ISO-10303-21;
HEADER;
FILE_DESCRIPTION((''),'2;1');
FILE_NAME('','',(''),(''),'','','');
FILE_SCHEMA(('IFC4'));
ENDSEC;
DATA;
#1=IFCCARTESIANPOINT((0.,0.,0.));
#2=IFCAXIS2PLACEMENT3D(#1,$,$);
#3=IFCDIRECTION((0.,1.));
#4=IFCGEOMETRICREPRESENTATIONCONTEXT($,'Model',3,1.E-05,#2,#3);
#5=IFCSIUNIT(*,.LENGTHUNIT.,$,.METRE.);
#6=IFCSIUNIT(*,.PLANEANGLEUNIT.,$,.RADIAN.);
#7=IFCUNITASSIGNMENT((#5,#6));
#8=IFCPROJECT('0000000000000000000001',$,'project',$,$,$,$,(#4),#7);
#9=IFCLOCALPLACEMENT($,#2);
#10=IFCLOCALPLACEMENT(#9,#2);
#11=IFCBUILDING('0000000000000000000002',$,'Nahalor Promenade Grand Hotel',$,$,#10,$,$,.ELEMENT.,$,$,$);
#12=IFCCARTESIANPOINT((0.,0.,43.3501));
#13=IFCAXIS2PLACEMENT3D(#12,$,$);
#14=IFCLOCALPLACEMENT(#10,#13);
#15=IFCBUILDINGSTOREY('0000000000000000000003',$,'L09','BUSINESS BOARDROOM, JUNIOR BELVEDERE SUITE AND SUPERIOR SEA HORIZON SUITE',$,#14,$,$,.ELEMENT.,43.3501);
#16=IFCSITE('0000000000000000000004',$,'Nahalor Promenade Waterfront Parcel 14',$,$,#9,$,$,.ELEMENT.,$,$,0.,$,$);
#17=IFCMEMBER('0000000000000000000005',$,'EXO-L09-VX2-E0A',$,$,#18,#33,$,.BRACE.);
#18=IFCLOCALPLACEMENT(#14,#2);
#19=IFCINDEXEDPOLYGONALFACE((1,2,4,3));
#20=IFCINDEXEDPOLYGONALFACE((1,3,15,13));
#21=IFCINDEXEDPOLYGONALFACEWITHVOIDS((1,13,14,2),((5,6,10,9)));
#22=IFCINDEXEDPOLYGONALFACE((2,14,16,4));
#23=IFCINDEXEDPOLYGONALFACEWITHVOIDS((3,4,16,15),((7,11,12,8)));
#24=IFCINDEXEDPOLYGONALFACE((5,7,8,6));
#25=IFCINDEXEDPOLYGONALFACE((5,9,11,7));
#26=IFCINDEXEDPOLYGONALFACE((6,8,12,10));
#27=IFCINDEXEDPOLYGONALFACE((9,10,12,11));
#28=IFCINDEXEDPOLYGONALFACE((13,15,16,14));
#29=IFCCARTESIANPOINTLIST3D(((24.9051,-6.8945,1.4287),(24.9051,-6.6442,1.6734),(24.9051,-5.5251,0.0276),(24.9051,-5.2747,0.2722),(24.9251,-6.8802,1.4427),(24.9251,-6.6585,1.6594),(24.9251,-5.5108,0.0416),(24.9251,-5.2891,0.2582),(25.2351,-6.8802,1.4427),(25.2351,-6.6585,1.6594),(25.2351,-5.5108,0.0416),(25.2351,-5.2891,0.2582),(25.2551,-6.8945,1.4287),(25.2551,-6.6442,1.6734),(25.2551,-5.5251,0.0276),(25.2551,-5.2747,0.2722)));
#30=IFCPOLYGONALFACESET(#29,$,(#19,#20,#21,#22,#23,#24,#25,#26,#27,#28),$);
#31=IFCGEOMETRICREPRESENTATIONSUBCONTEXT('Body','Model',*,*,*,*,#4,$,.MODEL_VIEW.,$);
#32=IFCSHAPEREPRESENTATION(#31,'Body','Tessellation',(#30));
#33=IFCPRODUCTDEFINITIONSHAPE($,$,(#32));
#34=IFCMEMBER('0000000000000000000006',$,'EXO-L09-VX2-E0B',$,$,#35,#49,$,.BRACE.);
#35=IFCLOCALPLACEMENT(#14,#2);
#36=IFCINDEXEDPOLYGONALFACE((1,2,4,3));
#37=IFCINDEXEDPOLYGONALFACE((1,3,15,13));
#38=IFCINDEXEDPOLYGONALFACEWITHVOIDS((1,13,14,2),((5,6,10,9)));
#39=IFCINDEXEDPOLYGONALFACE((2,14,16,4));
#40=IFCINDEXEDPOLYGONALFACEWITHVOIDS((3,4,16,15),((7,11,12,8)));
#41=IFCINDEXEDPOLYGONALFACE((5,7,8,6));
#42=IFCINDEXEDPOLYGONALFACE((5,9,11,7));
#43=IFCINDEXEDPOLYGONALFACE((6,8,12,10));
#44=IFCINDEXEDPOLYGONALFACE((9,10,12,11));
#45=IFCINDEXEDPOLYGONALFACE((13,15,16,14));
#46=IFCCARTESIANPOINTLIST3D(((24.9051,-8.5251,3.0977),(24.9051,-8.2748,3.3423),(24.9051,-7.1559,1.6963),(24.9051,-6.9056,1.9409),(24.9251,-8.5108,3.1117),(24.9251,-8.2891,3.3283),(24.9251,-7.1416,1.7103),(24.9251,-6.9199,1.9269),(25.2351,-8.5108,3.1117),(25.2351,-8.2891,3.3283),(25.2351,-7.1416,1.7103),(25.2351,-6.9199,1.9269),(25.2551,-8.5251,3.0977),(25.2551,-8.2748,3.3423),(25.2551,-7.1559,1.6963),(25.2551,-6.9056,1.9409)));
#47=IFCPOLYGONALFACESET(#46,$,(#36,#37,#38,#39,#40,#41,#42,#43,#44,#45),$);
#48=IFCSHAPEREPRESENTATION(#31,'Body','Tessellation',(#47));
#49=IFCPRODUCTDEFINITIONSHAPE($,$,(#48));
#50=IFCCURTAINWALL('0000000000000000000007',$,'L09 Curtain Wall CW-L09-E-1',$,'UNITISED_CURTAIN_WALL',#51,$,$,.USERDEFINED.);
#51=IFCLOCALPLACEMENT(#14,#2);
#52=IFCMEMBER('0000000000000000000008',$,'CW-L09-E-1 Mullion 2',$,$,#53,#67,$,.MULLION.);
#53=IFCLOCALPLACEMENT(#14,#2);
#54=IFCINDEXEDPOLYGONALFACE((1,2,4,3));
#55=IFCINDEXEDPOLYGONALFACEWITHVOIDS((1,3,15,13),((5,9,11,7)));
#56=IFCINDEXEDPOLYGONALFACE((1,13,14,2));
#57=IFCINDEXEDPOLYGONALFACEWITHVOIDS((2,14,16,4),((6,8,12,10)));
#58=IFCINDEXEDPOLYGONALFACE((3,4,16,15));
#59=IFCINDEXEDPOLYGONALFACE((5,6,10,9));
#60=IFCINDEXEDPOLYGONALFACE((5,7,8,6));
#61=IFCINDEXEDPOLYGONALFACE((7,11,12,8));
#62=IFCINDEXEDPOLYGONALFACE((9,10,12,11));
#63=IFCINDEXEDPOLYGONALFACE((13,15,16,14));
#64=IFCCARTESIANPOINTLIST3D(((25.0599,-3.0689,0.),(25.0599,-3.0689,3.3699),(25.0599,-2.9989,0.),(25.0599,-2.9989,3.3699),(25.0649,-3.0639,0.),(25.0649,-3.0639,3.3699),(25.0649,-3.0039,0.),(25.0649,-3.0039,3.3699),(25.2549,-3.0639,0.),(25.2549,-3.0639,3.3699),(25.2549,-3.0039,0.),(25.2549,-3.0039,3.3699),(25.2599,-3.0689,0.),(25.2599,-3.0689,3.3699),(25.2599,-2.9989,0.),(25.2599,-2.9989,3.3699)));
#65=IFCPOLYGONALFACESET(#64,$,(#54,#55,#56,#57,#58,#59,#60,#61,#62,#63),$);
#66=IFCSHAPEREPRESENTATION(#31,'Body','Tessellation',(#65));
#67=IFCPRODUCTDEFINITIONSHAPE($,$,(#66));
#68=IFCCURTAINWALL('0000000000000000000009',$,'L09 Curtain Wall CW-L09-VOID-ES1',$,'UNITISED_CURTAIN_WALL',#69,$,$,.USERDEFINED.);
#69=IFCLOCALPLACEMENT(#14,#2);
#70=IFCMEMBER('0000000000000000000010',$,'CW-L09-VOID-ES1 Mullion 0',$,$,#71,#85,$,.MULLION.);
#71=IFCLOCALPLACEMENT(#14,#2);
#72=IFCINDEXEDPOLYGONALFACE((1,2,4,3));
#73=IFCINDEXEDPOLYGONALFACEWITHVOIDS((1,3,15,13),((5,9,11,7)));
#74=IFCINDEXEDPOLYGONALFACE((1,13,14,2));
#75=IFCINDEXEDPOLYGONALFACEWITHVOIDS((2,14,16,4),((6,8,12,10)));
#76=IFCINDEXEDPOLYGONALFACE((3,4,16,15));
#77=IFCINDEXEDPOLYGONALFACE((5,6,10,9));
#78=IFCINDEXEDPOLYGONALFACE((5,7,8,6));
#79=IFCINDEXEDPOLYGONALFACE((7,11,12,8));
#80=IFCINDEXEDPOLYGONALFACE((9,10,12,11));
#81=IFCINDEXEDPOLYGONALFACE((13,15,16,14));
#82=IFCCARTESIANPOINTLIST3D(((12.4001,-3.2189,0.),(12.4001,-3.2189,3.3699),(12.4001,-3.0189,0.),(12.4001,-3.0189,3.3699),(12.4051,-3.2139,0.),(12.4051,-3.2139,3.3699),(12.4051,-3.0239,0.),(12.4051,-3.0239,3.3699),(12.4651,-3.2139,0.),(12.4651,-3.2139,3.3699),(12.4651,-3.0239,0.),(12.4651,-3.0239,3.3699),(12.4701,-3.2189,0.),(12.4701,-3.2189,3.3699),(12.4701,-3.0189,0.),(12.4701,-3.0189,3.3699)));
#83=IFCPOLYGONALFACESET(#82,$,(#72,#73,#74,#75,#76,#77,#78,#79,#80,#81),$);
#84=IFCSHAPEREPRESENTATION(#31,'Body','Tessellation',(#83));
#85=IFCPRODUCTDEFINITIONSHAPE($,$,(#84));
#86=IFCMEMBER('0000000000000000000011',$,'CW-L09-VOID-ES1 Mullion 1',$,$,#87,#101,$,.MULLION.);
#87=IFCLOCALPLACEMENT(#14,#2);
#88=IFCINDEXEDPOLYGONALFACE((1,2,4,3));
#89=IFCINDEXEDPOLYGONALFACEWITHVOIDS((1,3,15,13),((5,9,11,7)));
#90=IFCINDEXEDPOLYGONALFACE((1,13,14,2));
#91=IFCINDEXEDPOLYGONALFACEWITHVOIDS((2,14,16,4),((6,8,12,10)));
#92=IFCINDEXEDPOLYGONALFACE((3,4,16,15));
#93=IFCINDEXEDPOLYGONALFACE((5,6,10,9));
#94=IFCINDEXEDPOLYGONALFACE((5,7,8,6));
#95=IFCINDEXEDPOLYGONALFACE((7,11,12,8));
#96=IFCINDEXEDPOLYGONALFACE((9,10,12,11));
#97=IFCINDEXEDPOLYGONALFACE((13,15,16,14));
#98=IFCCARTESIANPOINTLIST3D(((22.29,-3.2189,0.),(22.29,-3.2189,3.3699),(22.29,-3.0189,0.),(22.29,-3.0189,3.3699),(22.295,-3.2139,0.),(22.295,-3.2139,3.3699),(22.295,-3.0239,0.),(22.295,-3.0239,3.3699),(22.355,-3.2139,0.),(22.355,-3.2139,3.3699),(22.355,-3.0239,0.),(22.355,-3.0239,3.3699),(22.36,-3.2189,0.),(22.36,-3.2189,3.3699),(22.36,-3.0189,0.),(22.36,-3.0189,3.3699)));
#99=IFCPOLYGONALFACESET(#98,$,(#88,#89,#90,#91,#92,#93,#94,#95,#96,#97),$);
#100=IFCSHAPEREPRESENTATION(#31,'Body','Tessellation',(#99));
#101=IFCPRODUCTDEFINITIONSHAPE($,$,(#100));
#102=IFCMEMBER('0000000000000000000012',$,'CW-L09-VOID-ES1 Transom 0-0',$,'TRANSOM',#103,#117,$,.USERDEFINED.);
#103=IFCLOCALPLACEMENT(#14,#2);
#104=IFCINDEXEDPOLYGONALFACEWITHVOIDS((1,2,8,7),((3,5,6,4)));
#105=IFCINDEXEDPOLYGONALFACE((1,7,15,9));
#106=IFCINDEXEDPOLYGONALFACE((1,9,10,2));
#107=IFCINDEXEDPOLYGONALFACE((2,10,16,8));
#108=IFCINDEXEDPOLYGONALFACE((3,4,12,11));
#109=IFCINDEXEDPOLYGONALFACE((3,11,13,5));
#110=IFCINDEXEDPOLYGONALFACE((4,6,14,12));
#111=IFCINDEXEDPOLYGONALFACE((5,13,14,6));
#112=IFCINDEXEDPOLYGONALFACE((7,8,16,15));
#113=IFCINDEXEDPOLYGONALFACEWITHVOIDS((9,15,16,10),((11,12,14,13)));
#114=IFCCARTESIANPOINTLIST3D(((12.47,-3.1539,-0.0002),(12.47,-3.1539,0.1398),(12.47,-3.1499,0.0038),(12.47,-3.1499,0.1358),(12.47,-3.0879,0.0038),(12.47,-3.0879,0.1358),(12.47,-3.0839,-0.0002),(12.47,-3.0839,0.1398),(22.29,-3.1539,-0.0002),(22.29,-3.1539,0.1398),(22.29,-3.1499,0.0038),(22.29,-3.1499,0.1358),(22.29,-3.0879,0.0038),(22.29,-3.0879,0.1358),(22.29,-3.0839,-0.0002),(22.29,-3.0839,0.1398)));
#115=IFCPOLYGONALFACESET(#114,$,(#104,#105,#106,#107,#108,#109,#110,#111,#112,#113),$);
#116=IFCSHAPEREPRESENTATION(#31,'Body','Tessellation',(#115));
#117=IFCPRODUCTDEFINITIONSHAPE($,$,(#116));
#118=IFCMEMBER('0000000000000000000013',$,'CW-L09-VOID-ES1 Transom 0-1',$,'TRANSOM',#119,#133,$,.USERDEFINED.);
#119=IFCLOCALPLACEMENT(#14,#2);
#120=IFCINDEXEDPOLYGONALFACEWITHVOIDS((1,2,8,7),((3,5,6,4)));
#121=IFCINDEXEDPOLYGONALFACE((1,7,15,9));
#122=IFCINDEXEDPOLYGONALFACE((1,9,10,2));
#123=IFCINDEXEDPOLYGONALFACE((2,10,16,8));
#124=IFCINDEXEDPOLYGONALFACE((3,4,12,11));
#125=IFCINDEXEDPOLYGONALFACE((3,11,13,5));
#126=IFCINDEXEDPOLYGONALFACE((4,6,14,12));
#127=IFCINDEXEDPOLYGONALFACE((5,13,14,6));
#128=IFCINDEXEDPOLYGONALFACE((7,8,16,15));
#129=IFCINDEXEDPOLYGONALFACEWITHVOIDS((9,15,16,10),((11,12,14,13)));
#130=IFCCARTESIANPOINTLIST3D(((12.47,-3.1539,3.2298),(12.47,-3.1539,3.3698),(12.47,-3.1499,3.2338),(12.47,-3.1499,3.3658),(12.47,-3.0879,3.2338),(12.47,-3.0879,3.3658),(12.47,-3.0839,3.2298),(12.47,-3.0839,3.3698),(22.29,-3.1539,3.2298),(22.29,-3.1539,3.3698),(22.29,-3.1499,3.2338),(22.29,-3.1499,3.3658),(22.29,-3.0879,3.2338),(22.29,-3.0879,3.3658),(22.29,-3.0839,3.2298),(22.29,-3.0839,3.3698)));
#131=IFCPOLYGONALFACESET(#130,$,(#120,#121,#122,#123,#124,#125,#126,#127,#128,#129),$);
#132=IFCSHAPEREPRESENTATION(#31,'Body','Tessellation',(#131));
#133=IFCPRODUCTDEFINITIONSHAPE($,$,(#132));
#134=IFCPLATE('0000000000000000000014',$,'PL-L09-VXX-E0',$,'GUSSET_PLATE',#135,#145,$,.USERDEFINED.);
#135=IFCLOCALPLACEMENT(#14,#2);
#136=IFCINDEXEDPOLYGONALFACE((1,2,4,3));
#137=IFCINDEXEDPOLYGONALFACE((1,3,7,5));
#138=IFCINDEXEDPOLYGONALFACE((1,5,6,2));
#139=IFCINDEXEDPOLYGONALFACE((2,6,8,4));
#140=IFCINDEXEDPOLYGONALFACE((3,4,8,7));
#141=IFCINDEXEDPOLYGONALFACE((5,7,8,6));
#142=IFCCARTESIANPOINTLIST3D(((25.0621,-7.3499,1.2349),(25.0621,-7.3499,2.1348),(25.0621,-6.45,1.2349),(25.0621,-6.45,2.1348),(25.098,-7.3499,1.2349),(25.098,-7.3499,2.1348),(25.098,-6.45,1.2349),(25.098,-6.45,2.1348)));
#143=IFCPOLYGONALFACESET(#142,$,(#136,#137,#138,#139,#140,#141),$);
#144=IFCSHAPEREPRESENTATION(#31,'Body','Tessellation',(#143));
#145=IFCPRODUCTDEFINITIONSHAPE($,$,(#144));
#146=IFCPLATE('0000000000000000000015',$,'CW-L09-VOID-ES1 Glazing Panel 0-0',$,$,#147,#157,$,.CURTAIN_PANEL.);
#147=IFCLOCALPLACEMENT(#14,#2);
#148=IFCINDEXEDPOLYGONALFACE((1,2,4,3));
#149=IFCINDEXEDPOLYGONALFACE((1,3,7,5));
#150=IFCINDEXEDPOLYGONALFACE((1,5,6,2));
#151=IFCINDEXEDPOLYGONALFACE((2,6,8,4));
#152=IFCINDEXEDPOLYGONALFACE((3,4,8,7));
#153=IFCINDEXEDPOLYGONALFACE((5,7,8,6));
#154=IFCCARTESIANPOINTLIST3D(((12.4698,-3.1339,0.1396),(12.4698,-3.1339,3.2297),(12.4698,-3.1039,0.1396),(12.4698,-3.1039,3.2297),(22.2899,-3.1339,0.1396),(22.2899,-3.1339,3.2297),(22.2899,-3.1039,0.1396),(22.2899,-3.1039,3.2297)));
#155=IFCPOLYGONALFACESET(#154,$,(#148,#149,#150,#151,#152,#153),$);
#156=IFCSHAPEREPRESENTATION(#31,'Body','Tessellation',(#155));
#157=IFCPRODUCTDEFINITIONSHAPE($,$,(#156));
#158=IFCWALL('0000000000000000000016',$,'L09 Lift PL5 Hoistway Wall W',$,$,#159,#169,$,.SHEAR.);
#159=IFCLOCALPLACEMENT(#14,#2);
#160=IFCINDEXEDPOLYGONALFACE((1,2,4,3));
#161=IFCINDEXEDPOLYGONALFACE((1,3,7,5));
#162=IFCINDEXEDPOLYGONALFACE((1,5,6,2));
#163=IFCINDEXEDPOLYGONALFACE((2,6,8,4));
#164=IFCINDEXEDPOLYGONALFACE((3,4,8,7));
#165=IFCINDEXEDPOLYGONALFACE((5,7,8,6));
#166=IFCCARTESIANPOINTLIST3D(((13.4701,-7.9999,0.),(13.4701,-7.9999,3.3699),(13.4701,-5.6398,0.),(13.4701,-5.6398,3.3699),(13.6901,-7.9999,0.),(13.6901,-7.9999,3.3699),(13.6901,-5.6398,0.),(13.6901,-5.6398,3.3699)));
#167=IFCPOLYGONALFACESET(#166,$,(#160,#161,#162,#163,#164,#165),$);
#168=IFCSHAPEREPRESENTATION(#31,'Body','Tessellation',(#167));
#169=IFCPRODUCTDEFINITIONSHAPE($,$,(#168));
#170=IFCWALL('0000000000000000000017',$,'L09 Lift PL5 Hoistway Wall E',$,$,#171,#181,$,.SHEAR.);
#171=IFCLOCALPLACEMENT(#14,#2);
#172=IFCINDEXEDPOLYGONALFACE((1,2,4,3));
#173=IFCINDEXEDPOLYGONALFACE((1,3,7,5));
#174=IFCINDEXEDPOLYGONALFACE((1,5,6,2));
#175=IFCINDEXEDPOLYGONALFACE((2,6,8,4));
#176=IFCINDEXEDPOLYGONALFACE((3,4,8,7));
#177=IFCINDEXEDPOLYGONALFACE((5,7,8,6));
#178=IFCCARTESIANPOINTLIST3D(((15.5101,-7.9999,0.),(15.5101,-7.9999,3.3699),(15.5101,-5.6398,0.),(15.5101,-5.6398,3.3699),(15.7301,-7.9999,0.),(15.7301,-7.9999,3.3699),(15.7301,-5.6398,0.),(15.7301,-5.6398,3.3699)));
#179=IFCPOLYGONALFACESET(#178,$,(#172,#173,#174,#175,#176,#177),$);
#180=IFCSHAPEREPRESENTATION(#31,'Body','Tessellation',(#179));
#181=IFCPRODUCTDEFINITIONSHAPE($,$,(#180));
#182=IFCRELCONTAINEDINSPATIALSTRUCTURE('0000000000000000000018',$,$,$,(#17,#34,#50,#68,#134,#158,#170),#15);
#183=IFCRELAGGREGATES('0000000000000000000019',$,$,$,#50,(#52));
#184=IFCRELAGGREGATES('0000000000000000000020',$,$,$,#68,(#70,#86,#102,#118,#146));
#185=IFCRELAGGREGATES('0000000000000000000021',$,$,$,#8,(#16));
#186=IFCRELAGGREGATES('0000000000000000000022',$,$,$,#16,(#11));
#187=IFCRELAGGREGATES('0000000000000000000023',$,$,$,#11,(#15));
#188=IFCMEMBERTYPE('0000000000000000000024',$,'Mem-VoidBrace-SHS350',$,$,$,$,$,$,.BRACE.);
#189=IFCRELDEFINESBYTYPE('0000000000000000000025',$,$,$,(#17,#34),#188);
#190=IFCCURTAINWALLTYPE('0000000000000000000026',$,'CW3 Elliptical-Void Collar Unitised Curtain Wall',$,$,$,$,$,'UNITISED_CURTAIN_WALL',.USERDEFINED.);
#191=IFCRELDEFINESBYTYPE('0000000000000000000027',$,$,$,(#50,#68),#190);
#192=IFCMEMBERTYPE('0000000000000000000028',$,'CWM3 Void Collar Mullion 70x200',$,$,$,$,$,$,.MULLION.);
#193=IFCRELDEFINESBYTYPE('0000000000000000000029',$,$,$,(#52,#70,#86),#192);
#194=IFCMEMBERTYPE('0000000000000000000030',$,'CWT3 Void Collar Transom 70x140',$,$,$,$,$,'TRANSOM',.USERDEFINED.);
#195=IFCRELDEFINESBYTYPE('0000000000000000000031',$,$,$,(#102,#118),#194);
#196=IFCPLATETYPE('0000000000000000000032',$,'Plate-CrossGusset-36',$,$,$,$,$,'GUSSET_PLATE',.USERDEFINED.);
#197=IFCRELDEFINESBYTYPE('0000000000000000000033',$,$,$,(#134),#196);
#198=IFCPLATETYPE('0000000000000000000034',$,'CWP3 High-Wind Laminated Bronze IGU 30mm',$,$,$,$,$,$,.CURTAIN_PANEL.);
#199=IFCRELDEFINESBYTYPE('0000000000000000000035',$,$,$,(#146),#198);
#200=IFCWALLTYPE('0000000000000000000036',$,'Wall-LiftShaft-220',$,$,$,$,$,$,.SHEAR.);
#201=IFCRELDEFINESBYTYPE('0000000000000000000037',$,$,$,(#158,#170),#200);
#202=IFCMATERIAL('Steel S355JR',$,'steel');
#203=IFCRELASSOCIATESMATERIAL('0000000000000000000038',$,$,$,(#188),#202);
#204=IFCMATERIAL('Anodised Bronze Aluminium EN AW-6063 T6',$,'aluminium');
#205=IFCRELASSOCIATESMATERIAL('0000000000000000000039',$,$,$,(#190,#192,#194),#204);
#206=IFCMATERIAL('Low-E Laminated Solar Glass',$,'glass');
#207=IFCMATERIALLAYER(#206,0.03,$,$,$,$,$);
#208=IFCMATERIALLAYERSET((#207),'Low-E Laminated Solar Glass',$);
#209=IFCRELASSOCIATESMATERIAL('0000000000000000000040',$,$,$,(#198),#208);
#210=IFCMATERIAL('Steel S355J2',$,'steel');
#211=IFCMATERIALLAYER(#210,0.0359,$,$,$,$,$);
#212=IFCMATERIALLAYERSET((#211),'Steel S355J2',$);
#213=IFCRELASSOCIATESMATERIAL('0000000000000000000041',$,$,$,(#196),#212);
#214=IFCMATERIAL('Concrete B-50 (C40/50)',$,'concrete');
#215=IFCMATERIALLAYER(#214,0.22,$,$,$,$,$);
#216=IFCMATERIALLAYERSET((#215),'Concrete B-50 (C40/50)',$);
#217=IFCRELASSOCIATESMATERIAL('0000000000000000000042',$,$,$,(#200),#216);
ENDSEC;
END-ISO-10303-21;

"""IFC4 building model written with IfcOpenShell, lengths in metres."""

from ifc_helpers import new_model, si_unit, direction, frame, frame_2d, origin, origin_2d, place, context, subcontext, project, spatial, rectangle, hollow_rectangle, extrude, source, transform, mapped, material, layer, layer_set, material_profile, profile_set, type_object, element, aggregate, save


model = new_model("IFC4")

# Units and contexts
model_context = context("Model", 3, precision=1e-05, world=origin(), true_north=direction((0.0, 1.0)))
body_context = subcontext(model_context, "Body", "Model", "MODEL_VIEW")
ifc_project = project(units=[si_unit("LENGTHUNIT", "METRE"), si_unit("PLANEANGLEUNIT", "RADIAN")], contexts=[model_context])

# Site, building, storey
site_placement = place(None, origin())
site = spatial("IfcSite", under=ifc_project, at=site_placement, Name="Nahalor Promenade Waterfront Parcel 14", CompositionType="ELEMENT", RefElevation=0.0)
building_placement = place(site_placement, origin())
building = spatial("IfcBuilding", under=site, at=building_placement, Name="Nahalor Promenade Grand Hotel", CompositionType="ELEMENT")
storey_placement = place(building_placement, frame((0.0, 0.0, 43.3501)))
storey = spatial("IfcBuildingStorey", under=building, at=storey_placement, Name="L09", Description="BUSINESS BOARDROOM, JUNIOR BELVEDERE SUITE AND SUPERIOR SEA HORIZON SUITE", CompositionType="ELEMENT", Elevation=43.3501)

# Shared definitions
ifc_material_1 = material(Name="Steel S355J2", Category="steel")

# Shared definitions
ifc_material_2 = material(Name="Steel S355JR", Category="steel")

# Members
ifc_material_profile_1 = material_profile(ifc_material_2, hollow_rectangle(XDim=0.35, YDim=0.35, WallThickness=0.02, at=origin_2d()), Name="SHS 350x350x20")
ifc_profile_set_1 = profile_set([ifc_material_profile_1], Name="Steel S355JR")
member_type_1 = type_object("IfcMemberType", Name="Mem-VoidBrace-SHS350", PredefinedType="BRACE", material=ifc_profile_set_1)
shared_shape_1 = source(origin(), body_context, "Body", "SweptSolid", [
    extrude(hollow_rectangle(XDim=0.35, YDim=0.35, WallThickness=0.02, at=origin_2d()), origin(), (0.0, 0.0, 1.0), 1.9592),
])
for number, where, z_axis, x_axis, name in (
    (1, (25.0801, -5.3999, 0.1499), (0.0, -0.69896, 0.71516), (1.0, 0.0, 0.0), "EXO-L09-VX2-E0A"),
    (2, (25.0801, -7.0308, 1.8186), (0.0, -0.698834, 0.715283), (1.0, 0.0, 0.0), "EXO-L09-VX2-E0B"),
):
    element("IfcMember", number, at=place(storey_placement, frame(where, z_axis=z_axis, x_axis=x_axis)), inside=storey, type_object=member_type_1, Name=name, PredefinedType="BRACE", context=body_context, shape_type="MappedRepresentation", body=[
        mapped(shared_shape_1, transform((0.0, 0.0, 0.0), scale=1.0)),
    ])

# Curtain wall, member
ifc_material_3 = material(Name="Anodised Bronze Aluminium EN AW-6063 T6", Category="aluminium")
curtain_wall_type = type_object("IfcCurtainWallType", Name="CW3 Elliptical-Void Collar Unitised Curtain Wall", ElementType="UNITISED_CURTAIN_WALL", PredefinedType="USERDEFINED", material=ifc_material_3)
curtain_wall_1_placement = place(storey_placement, origin())
curtain_wall_1 = element("IfcCurtainWall", 3, at=curtain_wall_1_placement, inside=storey, type_object=curtain_wall_type, Name="L09 Curtain Wall CW-L09-E-1", ObjectType="UNITISED_CURTAIN_WALL", PredefinedType="USERDEFINED")
ifc_material_profile_2 = material_profile(ifc_material_3, hollow_rectangle(XDim=0.07, YDim=0.2, WallThickness=0.005, at=origin_2d()), Name="CWM 70x200x5")
ifc_profile_set_2 = profile_set([ifc_material_profile_2], Name="Anodised Bronze Aluminium EN AW-6063 T6")
member_type_2 = type_object("IfcMemberType", Name="CWM3 Void Collar Mullion 70x200", PredefinedType="MULLION", material=ifc_profile_set_2)
shared_shape_2 = source(origin(), body_context, "Body", "SweptSolid", [
    extrude(hollow_rectangle(XDim=0.07, YDim=0.2, WallThickness=0.005, at=origin_2d()), origin(), (0.0, 0.0, 1.0), 3.3699),
])
member_1_placement = place(storey_placement, frame((25.1599, -3.0339, 0.0), z_axis=(0.0, 0.0, 1.0), x_axis=(0.0, 1.0, 0.0)))
member_1 = element("IfcMember", 4, at=member_1_placement, type_object=member_type_2, Name="CW-L09-E-1 Mullion 2", PredefinedType="MULLION", context=body_context, shape_type="MappedRepresentation", body=[
    mapped(shared_shape_2, transform((0.0, 0.0, 0.0), scale=1.0)),
])

# Curtain wall, members
curtain_wall_2_placement = place(storey_placement, origin())
curtain_wall_2 = element("IfcCurtainWall", 5, at=curtain_wall_2_placement, inside=storey, type_object=curtain_wall_type, Name="L09 Curtain Wall CW-L09-VOID-ES1", ObjectType="UNITISED_CURTAIN_WALL", PredefinedType="USERDEFINED")
member_2_placement = place(storey_placement, frame((12.4351, -3.1189, 0.0), z_axis=(0.0, 0.0, 1.0), x_axis=(1.0, 0.0, 0.0)))
member_2 = element("IfcMember", 6, at=member_2_placement, type_object=member_type_2, Name="CW-L09-VOID-ES1 Mullion 0", PredefinedType="MULLION", context=body_context, shape_type="MappedRepresentation", body=[
    mapped(shared_shape_2, transform((0.0, 0.0, 0.0), scale=1.0)),
])
member_3_placement = place(storey_placement, frame((22.325, -3.1189, 0.0), z_axis=(0.0, 0.0, 1.0), x_axis=(1.0, 0.0, 0.0)))
member_3 = element("IfcMember", 7, at=member_3_placement, type_object=member_type_2, Name="CW-L09-VOID-ES1 Mullion 1", PredefinedType="MULLION", context=body_context, shape_type="MappedRepresentation", body=[
    mapped(shared_shape_2, transform((0.0, 0.0, 0.0), scale=1.0)),
])
ifc_material_profile_3 = material_profile(ifc_material_3, hollow_rectangle(XDim=0.07, YDim=0.14, WallThickness=0.004, at=origin_2d()), Name="CWT 70x140x4")
ifc_profile_set_3 = profile_set([ifc_material_profile_3], Name="Anodised Bronze Aluminium EN AW-6063 T6")
member_type_3 = type_object("IfcMemberType", Name="CWT3 Void Collar Transom 70x140", ElementType="TRANSOM", PredefinedType="USERDEFINED", material=ifc_profile_set_3)
shared_shape_3 = source(origin(), body_context, "Body", "SweptSolid", [
    extrude(hollow_rectangle(XDim=0.07, YDim=0.14, WallThickness=0.004, at=origin_2d()), origin(), (0.0, 0.0, 1.0), 9.8201),
])
member_4_placement = place(storey_placement, frame((12.47, -3.1189, 0.0698), z_axis=(1.0, 0.0, 0.0), x_axis=(0.0, 1.0, 0.0)))
member_4 = element("IfcMember", 8, at=member_4_placement, type_object=member_type_3, Name="CW-L09-VOID-ES1 Transom 0-0", ObjectType="TRANSOM", PredefinedType="USERDEFINED", context=body_context, shape_type="MappedRepresentation", body=[
    mapped(shared_shape_3, transform((0.0, 0.0, 0.0), scale=1.0)),
])
member_5_placement = place(storey_placement, frame((12.47, -3.1189, 3.2998), z_axis=(1.0, 0.0, 0.0), x_axis=(0.0, 1.0, 0.0)))
member_5 = element("IfcMember", 9, at=member_5_placement, type_object=member_type_3, Name="CW-L09-VOID-ES1 Transom 0-1", ObjectType="TRANSOM", PredefinedType="USERDEFINED", context=body_context, shape_type="MappedRepresentation", body=[
    mapped(shared_shape_3, transform((0.0, 0.0, 0.0), scale=1.0)),
])

# Plates
ifc_material_4 = material(Name="Low-E Laminated Solar Glass", Category="glass")
ifc_layer_1 = layer(ifc_material_4, 0.03)
ifc_layer_set_1 = layer_set([ifc_layer_1], Name="Low-E Laminated Solar Glass")
plate_type_1 = type_object("IfcPlateType", Name="CWP3 High-Wind Laminated Bronze IGU 30mm", PredefinedType="CURTAIN_PANEL", material=ifc_layer_set_1)
aggregate(curtain_wall_1, [member_1])
ifc_layer_2 = layer(ifc_material_1, 0.0359)
ifc_layer_set_2 = layer_set([ifc_layer_2], Name="Steel S355J2")
plate_type_2 = type_object("IfcPlateType", Name="Plate-CrossGusset-36", ElementType="GUSSET_PLATE", PredefinedType="USERDEFINED", material=ifc_layer_set_2)
shared_shape_4 = source(origin(), body_context, "Body", "SweptSolid", [
    extrude(rectangle(XDim=0.8999, YDim=0.0359, at=origin_2d()), origin(), (0.0, 0.0, 1.0), 0.8999),
])
plate_1_placement = place(storey_placement, frame((25.0801, -6.8999, 1.2349), z_axis=(0.0, 0.0, 1.0), x_axis=(0.0, 1.0, 0.0)))
element("IfcPlate", 10, at=plate_1_placement, inside=storey, type_object=plate_type_2, Name="PL-L09-VXX-E0", ObjectType="GUSSET_PLATE", PredefinedType="USERDEFINED", context=body_context, shape_type="MappedRepresentation", body=[
    mapped(shared_shape_4, transform((0.0, 0.0, 0.0), scale=1.0)),
])
shared_shape_5 = source(origin(), body_context, "Body", "SweptSolid", [
    extrude(rectangle(XDim=9.8201, YDim=0.03, at=origin_2d()), origin(), (0.0, 0.0, 1.0), 3.0901),
])
plate_2_placement = place(storey_placement, frame((17.3799, -3.1189, 0.1396), z_axis=(0.0, 0.0, 1.0), x_axis=(1.0, 0.0, 0.0)))
plate_2 = element("IfcPlate", 11, at=plate_2_placement, type_object=plate_type_1, Name="CW-L09-VOID-ES1 Glazing Panel 0-0", PredefinedType="CURTAIN_PANEL", context=body_context, shape_type="MappedRepresentation", body=[
    mapped(shared_shape_5, transform((0.0, 0.0, 0.0), scale=1.0)),
])
aggregate(curtain_wall_2, [member_2, member_3, member_4, member_5, plate_2])

# Walls
ifc_material_5 = material(Name="Concrete B-50 (C40/50)", Category="concrete")
ifc_layer_3 = layer(ifc_material_5, 0.22)
ifc_layer_set_3 = layer_set([ifc_layer_3], Name="Concrete B-50 (C40/50)")
wall_type_1 = type_object("IfcWallType", Name="Wall-LiftShaft-220", PredefinedType="SHEAR", material=ifc_layer_set_3)
shared_shape_6 = source(origin(), body_context, "Body", "SweptSolid", [
    extrude(rectangle(XDim=2.3601, YDim=0.22, at=frame_2d((1.1802, 0.0))), origin(), (0.0, 0.0, 1.0), 3.3699),
])
for number, where, z_axis, x_axis, name in (
    (12, (13.5801, -8.0, 0.0), (0.0, 0.0, 1.0), (0.0, 1.0, 0.0), "L09 Lift PL5 Hoistway Wall W"),
    (13, (15.6201, -8.0, 0.0), (0.0, 0.0, 1.0), (0.0, 1.0, 0.0), "L09 Lift PL5 Hoistway Wall E"),
):
    element("IfcWall", number, at=place(storey_placement, frame(where, z_axis=z_axis, x_axis=x_axis)), inside=storey, type_object=wall_type_1, Name=name, PredefinedType="SHEAR", context=body_context, shape_type="MappedRepresentation", body=[
        mapped(shared_shape_6, transform((0.0, 0.0, 0.0), scale=1.0)),
    ])

save(model, "model.ifc")
